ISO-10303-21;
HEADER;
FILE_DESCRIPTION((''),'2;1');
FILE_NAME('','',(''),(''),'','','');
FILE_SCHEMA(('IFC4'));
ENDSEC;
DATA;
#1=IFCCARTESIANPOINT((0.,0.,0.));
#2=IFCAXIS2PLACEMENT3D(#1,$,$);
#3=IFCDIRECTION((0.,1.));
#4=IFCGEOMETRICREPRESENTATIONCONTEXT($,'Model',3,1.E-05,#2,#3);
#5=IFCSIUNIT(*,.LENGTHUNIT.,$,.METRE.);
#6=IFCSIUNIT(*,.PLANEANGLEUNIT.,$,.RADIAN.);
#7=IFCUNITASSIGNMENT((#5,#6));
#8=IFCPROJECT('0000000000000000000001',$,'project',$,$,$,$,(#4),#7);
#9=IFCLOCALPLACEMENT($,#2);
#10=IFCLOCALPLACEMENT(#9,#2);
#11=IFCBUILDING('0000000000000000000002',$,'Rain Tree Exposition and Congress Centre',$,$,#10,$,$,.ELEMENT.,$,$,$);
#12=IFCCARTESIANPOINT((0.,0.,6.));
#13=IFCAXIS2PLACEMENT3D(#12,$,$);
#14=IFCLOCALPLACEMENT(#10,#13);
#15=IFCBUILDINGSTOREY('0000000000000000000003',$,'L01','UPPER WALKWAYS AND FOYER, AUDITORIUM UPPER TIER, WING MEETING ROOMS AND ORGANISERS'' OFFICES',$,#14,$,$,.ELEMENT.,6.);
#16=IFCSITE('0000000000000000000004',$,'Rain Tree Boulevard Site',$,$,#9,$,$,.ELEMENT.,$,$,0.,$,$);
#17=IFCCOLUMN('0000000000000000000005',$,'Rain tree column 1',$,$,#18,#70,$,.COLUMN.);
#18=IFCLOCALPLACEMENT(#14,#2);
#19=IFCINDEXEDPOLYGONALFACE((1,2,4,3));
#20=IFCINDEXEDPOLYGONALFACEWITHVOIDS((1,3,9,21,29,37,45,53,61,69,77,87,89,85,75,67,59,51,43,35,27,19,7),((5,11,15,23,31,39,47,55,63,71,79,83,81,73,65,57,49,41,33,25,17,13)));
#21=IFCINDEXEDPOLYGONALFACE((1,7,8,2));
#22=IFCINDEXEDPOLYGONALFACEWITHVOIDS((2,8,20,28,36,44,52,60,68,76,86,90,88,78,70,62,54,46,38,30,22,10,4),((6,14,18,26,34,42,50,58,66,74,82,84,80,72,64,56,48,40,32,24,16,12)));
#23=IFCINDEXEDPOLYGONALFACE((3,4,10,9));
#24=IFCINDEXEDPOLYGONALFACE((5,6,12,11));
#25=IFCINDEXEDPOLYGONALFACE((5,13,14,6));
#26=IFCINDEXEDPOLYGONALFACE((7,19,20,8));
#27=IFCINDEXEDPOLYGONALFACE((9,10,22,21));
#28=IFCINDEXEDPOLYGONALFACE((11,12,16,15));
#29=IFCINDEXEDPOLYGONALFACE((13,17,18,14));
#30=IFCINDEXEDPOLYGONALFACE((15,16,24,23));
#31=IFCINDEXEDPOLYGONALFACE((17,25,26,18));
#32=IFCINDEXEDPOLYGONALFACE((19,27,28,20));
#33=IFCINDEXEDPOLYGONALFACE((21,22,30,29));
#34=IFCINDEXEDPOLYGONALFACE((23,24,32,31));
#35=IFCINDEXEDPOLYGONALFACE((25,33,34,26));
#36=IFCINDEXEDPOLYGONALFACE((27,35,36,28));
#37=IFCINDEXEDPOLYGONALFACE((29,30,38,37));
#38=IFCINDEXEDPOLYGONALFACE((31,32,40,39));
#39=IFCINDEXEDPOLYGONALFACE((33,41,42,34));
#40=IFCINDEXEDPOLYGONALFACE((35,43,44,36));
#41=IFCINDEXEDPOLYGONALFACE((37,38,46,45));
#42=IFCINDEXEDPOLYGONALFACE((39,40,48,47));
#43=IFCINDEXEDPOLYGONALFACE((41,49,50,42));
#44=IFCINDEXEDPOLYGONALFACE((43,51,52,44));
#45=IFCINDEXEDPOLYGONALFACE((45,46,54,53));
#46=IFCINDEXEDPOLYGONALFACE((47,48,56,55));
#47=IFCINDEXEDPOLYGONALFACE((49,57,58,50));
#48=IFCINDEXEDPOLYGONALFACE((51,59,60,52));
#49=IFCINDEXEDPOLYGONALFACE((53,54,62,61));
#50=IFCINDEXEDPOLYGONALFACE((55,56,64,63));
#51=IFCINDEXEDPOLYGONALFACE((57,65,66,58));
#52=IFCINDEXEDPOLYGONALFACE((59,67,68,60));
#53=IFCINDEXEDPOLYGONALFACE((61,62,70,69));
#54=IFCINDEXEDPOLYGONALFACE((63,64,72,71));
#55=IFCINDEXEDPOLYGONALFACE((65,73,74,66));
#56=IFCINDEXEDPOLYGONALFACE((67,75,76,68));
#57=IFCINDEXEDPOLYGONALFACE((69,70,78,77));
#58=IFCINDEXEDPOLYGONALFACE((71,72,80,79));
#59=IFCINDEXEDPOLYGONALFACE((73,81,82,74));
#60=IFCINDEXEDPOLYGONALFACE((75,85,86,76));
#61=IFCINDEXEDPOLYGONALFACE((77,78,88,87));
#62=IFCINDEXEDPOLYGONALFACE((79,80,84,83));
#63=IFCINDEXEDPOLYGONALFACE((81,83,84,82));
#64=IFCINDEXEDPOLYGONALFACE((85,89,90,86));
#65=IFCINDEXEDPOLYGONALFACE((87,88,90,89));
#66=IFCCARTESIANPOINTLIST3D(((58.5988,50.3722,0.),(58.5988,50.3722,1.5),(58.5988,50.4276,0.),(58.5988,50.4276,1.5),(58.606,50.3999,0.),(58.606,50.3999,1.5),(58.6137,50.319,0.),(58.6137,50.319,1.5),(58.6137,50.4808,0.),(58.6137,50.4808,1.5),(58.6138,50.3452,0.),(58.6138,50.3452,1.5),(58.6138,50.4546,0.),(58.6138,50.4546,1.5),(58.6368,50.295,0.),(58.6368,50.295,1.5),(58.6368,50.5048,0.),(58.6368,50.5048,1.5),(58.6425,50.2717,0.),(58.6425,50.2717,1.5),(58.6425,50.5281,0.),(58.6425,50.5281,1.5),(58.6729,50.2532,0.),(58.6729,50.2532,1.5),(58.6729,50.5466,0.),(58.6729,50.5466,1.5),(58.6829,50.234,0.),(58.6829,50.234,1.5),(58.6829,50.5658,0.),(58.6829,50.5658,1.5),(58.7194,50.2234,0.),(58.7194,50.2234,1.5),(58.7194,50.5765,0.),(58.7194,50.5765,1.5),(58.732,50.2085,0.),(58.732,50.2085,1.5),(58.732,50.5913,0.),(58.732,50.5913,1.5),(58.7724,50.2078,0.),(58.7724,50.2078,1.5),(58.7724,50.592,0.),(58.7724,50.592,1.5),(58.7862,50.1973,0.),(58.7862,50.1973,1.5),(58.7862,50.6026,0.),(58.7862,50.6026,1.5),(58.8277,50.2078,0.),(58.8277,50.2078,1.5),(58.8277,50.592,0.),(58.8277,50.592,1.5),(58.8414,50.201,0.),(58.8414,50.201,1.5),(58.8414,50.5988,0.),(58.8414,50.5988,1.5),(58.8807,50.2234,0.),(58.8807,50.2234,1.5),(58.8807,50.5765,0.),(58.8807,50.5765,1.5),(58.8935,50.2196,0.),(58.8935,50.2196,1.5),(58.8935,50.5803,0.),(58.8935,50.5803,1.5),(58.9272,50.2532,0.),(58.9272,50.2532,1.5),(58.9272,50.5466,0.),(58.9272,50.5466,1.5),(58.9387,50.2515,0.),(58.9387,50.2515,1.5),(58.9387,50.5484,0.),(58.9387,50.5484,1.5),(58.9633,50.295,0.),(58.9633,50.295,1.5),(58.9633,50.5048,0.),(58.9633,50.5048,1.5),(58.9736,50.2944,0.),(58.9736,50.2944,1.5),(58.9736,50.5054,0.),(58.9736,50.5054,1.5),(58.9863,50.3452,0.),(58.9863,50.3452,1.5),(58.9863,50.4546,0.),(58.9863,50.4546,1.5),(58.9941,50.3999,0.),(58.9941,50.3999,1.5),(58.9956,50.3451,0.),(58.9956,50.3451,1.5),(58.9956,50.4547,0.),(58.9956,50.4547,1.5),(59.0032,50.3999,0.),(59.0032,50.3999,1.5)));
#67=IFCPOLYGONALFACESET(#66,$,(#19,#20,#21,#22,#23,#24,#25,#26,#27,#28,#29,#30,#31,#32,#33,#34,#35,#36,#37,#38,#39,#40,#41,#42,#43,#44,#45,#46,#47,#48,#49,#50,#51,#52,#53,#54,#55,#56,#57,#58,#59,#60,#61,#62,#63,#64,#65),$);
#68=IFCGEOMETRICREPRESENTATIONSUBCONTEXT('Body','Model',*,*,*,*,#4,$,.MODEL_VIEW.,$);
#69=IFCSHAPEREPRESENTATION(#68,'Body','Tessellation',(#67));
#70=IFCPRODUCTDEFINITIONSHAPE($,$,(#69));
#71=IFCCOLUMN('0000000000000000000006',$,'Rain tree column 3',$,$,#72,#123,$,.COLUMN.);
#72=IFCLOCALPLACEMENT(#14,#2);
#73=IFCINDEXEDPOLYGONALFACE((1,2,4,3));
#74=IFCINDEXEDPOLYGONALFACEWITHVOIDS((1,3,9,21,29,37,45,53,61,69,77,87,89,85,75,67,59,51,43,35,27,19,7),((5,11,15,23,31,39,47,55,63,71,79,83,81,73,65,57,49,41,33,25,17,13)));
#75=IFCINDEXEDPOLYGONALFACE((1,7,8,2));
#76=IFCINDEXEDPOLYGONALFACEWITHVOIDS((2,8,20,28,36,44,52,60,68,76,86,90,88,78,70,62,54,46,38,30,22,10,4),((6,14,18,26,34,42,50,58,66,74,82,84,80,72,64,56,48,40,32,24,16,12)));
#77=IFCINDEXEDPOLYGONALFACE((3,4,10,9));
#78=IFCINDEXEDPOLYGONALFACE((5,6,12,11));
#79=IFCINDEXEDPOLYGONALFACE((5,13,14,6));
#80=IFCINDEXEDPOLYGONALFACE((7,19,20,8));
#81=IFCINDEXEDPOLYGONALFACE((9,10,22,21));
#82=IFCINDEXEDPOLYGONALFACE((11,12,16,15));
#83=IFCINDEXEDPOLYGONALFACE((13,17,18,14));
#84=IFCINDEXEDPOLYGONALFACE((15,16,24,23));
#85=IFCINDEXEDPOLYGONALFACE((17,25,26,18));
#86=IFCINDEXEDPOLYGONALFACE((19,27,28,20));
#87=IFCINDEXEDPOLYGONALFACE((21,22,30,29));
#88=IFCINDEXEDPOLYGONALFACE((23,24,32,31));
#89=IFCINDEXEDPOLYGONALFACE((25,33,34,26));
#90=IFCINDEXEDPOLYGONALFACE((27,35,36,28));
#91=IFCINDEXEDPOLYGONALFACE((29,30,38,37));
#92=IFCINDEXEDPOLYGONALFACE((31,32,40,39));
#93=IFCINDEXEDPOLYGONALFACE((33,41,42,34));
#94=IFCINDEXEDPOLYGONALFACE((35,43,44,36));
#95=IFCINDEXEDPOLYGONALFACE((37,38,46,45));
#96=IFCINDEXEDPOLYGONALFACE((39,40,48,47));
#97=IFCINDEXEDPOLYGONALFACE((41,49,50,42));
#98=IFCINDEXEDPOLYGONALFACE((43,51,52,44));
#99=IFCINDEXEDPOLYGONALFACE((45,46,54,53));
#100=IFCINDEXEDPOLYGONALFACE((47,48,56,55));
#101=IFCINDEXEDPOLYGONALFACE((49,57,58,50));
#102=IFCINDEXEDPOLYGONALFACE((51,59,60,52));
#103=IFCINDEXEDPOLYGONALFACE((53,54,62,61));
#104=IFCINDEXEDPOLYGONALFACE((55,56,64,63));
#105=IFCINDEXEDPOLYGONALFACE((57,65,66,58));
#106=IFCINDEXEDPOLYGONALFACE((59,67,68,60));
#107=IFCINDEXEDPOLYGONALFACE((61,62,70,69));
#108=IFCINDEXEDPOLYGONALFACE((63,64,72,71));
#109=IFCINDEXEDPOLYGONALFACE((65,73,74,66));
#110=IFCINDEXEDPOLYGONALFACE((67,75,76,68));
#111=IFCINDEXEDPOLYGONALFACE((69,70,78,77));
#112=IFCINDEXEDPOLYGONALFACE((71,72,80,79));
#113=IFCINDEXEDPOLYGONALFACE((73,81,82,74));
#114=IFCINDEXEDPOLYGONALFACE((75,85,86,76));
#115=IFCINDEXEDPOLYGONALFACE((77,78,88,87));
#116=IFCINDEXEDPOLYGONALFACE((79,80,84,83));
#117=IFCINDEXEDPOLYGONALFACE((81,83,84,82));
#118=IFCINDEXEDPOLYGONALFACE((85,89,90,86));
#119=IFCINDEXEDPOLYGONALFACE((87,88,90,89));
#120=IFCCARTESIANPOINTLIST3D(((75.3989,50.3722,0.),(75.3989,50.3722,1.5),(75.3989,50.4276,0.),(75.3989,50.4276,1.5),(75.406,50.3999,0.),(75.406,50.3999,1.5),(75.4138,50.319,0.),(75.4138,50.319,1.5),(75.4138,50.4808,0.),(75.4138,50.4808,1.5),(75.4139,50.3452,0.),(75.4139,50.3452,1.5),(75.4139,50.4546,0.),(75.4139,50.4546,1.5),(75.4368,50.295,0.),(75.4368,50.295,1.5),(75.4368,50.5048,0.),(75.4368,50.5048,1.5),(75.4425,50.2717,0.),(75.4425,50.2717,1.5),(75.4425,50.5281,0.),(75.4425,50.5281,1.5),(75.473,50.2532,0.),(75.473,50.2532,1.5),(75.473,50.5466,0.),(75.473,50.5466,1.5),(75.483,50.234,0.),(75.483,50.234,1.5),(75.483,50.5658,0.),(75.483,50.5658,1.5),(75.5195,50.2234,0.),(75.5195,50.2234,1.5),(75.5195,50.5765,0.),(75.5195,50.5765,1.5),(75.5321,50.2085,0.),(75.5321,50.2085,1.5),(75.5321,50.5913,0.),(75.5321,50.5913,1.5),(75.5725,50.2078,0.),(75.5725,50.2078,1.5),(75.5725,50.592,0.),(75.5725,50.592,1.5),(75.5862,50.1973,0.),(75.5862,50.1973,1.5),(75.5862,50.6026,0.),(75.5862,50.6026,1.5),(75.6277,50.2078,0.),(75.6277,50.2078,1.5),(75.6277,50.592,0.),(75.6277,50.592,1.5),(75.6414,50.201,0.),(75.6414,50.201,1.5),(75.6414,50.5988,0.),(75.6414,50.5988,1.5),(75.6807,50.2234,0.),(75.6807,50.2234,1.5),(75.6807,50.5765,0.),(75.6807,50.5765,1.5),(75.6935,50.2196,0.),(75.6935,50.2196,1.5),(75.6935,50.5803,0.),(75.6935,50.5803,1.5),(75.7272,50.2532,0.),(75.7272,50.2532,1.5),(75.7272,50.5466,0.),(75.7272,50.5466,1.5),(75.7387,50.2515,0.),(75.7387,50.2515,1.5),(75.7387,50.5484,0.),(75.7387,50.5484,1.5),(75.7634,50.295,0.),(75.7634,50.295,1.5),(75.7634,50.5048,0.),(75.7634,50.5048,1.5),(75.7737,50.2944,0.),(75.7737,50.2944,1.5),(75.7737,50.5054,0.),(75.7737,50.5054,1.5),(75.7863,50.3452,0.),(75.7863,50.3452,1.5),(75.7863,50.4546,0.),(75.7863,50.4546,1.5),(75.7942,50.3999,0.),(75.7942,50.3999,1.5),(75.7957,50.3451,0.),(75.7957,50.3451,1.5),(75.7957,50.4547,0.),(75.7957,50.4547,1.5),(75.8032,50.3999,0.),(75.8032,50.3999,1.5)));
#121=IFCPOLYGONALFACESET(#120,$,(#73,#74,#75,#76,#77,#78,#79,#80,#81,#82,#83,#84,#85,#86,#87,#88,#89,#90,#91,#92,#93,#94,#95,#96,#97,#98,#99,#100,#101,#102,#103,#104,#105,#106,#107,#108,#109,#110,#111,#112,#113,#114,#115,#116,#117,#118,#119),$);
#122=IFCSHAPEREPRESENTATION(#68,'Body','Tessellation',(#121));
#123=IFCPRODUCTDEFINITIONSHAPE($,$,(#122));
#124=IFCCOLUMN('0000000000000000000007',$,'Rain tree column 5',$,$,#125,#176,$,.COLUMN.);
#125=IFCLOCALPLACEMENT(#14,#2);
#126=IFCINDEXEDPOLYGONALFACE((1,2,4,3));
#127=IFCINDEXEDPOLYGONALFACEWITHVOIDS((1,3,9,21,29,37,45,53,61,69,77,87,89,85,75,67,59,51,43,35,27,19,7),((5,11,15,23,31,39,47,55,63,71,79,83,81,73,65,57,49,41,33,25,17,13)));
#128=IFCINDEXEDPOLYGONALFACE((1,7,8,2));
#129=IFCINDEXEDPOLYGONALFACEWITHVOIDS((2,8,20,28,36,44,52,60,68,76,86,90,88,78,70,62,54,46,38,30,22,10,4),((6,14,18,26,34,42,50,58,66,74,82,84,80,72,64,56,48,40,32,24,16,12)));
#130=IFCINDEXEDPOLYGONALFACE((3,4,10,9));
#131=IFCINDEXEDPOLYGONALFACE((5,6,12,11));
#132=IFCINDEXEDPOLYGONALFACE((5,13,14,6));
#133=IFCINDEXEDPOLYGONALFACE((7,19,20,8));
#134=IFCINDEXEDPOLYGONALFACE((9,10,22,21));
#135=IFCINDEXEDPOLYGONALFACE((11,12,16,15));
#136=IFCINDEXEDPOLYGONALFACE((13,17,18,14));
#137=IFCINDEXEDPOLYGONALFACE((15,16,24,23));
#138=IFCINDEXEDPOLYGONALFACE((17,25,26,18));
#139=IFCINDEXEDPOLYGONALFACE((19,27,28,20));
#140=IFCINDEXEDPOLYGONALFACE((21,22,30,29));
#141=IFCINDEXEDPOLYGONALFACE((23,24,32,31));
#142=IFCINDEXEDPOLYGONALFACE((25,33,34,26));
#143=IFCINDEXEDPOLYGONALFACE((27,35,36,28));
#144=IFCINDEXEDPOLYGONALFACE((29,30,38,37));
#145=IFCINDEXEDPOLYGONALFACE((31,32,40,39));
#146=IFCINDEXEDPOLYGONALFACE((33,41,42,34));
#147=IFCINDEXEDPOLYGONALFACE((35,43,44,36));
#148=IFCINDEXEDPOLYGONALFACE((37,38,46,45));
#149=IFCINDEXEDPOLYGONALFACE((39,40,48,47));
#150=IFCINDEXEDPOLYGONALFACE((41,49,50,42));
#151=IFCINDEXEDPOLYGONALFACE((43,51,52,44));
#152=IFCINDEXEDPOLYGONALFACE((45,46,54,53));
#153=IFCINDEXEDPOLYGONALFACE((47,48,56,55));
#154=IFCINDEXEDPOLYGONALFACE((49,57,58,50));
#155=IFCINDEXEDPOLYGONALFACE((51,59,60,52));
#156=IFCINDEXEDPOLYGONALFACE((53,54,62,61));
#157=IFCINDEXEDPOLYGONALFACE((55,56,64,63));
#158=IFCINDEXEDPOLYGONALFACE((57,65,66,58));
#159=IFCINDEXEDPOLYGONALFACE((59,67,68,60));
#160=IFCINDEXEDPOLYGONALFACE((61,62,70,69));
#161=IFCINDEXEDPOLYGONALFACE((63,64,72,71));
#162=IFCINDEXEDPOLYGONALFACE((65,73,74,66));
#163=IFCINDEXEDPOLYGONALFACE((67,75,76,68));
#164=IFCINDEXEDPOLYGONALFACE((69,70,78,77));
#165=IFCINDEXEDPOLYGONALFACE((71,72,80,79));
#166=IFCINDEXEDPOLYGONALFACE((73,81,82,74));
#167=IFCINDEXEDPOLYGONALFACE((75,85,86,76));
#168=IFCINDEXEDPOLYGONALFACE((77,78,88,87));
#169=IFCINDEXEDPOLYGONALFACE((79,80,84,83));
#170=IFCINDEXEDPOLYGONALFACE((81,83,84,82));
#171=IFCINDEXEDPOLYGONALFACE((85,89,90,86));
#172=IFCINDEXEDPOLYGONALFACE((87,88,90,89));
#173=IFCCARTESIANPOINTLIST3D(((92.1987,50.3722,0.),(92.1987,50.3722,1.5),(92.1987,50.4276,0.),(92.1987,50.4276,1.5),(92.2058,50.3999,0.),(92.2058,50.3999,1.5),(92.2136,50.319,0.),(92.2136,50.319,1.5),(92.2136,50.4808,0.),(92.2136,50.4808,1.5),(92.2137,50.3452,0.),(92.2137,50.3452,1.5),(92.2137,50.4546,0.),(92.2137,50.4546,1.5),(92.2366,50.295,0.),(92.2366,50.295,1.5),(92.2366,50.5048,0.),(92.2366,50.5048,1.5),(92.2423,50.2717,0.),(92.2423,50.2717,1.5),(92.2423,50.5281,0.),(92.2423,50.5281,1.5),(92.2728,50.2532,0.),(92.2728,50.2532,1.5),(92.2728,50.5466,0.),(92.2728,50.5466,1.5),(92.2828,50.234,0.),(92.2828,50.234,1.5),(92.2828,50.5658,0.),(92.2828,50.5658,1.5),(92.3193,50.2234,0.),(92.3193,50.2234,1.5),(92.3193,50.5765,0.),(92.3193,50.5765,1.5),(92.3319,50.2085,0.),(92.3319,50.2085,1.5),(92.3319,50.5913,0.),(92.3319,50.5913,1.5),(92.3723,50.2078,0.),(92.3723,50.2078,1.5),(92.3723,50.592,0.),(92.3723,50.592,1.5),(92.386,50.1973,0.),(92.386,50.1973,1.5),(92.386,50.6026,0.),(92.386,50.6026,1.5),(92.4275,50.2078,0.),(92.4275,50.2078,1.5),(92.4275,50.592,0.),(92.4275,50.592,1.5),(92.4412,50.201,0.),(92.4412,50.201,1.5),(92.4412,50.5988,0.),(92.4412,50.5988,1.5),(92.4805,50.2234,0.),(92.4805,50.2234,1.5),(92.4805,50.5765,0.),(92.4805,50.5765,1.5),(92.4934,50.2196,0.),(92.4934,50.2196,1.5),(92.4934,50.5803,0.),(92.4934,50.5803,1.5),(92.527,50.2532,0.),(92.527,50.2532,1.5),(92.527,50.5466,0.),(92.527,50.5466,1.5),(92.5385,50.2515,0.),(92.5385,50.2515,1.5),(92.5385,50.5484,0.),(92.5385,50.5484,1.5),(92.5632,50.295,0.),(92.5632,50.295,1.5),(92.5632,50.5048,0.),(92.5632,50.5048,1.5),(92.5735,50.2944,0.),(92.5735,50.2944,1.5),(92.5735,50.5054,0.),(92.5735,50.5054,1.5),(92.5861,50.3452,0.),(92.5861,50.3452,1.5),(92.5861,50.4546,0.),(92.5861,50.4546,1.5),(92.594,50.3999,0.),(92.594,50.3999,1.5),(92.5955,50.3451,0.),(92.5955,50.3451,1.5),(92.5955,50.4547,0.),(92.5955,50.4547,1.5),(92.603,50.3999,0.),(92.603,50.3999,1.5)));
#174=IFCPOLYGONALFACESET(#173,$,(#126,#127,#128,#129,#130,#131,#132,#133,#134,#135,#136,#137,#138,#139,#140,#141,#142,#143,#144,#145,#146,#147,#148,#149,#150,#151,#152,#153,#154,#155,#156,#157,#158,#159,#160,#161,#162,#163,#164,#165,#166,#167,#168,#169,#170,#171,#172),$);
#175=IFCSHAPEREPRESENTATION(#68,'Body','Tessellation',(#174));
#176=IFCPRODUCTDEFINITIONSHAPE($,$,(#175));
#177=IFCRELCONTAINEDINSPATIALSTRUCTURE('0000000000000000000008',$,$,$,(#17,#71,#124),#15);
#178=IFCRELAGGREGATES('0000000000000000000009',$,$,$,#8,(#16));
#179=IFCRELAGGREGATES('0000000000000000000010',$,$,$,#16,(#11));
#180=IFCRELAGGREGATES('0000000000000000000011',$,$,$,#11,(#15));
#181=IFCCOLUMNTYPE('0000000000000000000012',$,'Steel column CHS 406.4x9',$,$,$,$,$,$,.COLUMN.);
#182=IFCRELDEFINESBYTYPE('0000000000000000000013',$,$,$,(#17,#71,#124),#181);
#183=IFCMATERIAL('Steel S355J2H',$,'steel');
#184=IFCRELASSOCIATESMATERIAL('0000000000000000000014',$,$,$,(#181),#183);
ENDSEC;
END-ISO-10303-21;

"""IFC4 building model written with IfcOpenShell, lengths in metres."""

from ifc_helpers import new_model, si_unit, direction, frame, origin, origin_2d, place, context, subcontext, project, spatial, hollow_circle, extrude, material, material_profile, profile_set, type_object, element, save


model = new_model("IFC4")

# Units and contexts
model_context = context("Model", 3, precision=1e-05, world=origin(), true_north=direction((0.0, 1.0)))
body_context = subcontext(model_context, "Body", "Model", "MODEL_VIEW")
ifc_project = project(units=[si_unit("LENGTHUNIT", "METRE"), si_unit("PLANEANGLEUNIT", "RADIAN")], contexts=[model_context])

# Site, building, storey
site_placement = place(None, origin())
site = spatial("IfcSite", under=ifc_project, at=site_placement, Name="Rain Tree Boulevard Site", CompositionType="ELEMENT", RefElevation=0.0)
building_placement = place(site_placement, origin())
building = spatial("IfcBuilding", under=site, at=building_placement, Name="Rain Tree Exposition and Congress Centre", CompositionType="ELEMENT")
storey_placement = place(building_placement, frame((0.0, 0.0, 6.0)))
storey = spatial("IfcBuildingStorey", under=building, at=storey_placement, Name="L01", Description="UPPER WALKWAYS AND FOYER, AUDITORIUM UPPER TIER, WING MEETING ROOMS AND ORGANISERS' OFFICES", CompositionType="ELEMENT", Elevation=6.0)

# Columns
ifc_material_1 = material(Name="Steel S355J2H", Category="steel")
ifc_material_profile_1 = material_profile(ifc_material_1, hollow_circle(Radius=0.2031, WallThickness=0.009, at=origin_2d()), Name="CHS 406.4x9")
ifc_profile_set_1 = profile_set([ifc_material_profile_1], Name="Steel S355J2H")
column_type = type_object("IfcColumnType", Name="Steel column CHS 406.4x9", PredefinedType="COLUMN", material=ifc_profile_set_1)
for number, where, z_axis, x_axis, name in (
    (1, (58.8, 50.3999, 0.0), (0.0, 0.0, 1.0), (1.0, 0.0, 0.0), "Rain tree column 1"),
    (2, (75.6001, 50.3999, 0.0), (0.0, 0.0, 1.0), (1.0, 0.0, 0.0), "Rain tree column 3"),
    (3, (92.3999, 50.3999, 0.0), (0.0, 0.0, 1.0), (1.0, 0.0, 0.0), "Rain tree column 5"),
):
    element("IfcColumn", number, at=place(storey_placement, frame(where, z_axis=z_axis, x_axis=x_axis)), inside=storey, type_object=column_type, Name=name, PredefinedType="COLUMN", context=body_context, shape_type="SweptSolid", body=[
        extrude(hollow_circle(Radius=0.2031, WallThickness=0.009, at=origin_2d()), origin(), (0.0, 0.0, 1.0), 1.5),
    ])

save(model, "model.ifc")
